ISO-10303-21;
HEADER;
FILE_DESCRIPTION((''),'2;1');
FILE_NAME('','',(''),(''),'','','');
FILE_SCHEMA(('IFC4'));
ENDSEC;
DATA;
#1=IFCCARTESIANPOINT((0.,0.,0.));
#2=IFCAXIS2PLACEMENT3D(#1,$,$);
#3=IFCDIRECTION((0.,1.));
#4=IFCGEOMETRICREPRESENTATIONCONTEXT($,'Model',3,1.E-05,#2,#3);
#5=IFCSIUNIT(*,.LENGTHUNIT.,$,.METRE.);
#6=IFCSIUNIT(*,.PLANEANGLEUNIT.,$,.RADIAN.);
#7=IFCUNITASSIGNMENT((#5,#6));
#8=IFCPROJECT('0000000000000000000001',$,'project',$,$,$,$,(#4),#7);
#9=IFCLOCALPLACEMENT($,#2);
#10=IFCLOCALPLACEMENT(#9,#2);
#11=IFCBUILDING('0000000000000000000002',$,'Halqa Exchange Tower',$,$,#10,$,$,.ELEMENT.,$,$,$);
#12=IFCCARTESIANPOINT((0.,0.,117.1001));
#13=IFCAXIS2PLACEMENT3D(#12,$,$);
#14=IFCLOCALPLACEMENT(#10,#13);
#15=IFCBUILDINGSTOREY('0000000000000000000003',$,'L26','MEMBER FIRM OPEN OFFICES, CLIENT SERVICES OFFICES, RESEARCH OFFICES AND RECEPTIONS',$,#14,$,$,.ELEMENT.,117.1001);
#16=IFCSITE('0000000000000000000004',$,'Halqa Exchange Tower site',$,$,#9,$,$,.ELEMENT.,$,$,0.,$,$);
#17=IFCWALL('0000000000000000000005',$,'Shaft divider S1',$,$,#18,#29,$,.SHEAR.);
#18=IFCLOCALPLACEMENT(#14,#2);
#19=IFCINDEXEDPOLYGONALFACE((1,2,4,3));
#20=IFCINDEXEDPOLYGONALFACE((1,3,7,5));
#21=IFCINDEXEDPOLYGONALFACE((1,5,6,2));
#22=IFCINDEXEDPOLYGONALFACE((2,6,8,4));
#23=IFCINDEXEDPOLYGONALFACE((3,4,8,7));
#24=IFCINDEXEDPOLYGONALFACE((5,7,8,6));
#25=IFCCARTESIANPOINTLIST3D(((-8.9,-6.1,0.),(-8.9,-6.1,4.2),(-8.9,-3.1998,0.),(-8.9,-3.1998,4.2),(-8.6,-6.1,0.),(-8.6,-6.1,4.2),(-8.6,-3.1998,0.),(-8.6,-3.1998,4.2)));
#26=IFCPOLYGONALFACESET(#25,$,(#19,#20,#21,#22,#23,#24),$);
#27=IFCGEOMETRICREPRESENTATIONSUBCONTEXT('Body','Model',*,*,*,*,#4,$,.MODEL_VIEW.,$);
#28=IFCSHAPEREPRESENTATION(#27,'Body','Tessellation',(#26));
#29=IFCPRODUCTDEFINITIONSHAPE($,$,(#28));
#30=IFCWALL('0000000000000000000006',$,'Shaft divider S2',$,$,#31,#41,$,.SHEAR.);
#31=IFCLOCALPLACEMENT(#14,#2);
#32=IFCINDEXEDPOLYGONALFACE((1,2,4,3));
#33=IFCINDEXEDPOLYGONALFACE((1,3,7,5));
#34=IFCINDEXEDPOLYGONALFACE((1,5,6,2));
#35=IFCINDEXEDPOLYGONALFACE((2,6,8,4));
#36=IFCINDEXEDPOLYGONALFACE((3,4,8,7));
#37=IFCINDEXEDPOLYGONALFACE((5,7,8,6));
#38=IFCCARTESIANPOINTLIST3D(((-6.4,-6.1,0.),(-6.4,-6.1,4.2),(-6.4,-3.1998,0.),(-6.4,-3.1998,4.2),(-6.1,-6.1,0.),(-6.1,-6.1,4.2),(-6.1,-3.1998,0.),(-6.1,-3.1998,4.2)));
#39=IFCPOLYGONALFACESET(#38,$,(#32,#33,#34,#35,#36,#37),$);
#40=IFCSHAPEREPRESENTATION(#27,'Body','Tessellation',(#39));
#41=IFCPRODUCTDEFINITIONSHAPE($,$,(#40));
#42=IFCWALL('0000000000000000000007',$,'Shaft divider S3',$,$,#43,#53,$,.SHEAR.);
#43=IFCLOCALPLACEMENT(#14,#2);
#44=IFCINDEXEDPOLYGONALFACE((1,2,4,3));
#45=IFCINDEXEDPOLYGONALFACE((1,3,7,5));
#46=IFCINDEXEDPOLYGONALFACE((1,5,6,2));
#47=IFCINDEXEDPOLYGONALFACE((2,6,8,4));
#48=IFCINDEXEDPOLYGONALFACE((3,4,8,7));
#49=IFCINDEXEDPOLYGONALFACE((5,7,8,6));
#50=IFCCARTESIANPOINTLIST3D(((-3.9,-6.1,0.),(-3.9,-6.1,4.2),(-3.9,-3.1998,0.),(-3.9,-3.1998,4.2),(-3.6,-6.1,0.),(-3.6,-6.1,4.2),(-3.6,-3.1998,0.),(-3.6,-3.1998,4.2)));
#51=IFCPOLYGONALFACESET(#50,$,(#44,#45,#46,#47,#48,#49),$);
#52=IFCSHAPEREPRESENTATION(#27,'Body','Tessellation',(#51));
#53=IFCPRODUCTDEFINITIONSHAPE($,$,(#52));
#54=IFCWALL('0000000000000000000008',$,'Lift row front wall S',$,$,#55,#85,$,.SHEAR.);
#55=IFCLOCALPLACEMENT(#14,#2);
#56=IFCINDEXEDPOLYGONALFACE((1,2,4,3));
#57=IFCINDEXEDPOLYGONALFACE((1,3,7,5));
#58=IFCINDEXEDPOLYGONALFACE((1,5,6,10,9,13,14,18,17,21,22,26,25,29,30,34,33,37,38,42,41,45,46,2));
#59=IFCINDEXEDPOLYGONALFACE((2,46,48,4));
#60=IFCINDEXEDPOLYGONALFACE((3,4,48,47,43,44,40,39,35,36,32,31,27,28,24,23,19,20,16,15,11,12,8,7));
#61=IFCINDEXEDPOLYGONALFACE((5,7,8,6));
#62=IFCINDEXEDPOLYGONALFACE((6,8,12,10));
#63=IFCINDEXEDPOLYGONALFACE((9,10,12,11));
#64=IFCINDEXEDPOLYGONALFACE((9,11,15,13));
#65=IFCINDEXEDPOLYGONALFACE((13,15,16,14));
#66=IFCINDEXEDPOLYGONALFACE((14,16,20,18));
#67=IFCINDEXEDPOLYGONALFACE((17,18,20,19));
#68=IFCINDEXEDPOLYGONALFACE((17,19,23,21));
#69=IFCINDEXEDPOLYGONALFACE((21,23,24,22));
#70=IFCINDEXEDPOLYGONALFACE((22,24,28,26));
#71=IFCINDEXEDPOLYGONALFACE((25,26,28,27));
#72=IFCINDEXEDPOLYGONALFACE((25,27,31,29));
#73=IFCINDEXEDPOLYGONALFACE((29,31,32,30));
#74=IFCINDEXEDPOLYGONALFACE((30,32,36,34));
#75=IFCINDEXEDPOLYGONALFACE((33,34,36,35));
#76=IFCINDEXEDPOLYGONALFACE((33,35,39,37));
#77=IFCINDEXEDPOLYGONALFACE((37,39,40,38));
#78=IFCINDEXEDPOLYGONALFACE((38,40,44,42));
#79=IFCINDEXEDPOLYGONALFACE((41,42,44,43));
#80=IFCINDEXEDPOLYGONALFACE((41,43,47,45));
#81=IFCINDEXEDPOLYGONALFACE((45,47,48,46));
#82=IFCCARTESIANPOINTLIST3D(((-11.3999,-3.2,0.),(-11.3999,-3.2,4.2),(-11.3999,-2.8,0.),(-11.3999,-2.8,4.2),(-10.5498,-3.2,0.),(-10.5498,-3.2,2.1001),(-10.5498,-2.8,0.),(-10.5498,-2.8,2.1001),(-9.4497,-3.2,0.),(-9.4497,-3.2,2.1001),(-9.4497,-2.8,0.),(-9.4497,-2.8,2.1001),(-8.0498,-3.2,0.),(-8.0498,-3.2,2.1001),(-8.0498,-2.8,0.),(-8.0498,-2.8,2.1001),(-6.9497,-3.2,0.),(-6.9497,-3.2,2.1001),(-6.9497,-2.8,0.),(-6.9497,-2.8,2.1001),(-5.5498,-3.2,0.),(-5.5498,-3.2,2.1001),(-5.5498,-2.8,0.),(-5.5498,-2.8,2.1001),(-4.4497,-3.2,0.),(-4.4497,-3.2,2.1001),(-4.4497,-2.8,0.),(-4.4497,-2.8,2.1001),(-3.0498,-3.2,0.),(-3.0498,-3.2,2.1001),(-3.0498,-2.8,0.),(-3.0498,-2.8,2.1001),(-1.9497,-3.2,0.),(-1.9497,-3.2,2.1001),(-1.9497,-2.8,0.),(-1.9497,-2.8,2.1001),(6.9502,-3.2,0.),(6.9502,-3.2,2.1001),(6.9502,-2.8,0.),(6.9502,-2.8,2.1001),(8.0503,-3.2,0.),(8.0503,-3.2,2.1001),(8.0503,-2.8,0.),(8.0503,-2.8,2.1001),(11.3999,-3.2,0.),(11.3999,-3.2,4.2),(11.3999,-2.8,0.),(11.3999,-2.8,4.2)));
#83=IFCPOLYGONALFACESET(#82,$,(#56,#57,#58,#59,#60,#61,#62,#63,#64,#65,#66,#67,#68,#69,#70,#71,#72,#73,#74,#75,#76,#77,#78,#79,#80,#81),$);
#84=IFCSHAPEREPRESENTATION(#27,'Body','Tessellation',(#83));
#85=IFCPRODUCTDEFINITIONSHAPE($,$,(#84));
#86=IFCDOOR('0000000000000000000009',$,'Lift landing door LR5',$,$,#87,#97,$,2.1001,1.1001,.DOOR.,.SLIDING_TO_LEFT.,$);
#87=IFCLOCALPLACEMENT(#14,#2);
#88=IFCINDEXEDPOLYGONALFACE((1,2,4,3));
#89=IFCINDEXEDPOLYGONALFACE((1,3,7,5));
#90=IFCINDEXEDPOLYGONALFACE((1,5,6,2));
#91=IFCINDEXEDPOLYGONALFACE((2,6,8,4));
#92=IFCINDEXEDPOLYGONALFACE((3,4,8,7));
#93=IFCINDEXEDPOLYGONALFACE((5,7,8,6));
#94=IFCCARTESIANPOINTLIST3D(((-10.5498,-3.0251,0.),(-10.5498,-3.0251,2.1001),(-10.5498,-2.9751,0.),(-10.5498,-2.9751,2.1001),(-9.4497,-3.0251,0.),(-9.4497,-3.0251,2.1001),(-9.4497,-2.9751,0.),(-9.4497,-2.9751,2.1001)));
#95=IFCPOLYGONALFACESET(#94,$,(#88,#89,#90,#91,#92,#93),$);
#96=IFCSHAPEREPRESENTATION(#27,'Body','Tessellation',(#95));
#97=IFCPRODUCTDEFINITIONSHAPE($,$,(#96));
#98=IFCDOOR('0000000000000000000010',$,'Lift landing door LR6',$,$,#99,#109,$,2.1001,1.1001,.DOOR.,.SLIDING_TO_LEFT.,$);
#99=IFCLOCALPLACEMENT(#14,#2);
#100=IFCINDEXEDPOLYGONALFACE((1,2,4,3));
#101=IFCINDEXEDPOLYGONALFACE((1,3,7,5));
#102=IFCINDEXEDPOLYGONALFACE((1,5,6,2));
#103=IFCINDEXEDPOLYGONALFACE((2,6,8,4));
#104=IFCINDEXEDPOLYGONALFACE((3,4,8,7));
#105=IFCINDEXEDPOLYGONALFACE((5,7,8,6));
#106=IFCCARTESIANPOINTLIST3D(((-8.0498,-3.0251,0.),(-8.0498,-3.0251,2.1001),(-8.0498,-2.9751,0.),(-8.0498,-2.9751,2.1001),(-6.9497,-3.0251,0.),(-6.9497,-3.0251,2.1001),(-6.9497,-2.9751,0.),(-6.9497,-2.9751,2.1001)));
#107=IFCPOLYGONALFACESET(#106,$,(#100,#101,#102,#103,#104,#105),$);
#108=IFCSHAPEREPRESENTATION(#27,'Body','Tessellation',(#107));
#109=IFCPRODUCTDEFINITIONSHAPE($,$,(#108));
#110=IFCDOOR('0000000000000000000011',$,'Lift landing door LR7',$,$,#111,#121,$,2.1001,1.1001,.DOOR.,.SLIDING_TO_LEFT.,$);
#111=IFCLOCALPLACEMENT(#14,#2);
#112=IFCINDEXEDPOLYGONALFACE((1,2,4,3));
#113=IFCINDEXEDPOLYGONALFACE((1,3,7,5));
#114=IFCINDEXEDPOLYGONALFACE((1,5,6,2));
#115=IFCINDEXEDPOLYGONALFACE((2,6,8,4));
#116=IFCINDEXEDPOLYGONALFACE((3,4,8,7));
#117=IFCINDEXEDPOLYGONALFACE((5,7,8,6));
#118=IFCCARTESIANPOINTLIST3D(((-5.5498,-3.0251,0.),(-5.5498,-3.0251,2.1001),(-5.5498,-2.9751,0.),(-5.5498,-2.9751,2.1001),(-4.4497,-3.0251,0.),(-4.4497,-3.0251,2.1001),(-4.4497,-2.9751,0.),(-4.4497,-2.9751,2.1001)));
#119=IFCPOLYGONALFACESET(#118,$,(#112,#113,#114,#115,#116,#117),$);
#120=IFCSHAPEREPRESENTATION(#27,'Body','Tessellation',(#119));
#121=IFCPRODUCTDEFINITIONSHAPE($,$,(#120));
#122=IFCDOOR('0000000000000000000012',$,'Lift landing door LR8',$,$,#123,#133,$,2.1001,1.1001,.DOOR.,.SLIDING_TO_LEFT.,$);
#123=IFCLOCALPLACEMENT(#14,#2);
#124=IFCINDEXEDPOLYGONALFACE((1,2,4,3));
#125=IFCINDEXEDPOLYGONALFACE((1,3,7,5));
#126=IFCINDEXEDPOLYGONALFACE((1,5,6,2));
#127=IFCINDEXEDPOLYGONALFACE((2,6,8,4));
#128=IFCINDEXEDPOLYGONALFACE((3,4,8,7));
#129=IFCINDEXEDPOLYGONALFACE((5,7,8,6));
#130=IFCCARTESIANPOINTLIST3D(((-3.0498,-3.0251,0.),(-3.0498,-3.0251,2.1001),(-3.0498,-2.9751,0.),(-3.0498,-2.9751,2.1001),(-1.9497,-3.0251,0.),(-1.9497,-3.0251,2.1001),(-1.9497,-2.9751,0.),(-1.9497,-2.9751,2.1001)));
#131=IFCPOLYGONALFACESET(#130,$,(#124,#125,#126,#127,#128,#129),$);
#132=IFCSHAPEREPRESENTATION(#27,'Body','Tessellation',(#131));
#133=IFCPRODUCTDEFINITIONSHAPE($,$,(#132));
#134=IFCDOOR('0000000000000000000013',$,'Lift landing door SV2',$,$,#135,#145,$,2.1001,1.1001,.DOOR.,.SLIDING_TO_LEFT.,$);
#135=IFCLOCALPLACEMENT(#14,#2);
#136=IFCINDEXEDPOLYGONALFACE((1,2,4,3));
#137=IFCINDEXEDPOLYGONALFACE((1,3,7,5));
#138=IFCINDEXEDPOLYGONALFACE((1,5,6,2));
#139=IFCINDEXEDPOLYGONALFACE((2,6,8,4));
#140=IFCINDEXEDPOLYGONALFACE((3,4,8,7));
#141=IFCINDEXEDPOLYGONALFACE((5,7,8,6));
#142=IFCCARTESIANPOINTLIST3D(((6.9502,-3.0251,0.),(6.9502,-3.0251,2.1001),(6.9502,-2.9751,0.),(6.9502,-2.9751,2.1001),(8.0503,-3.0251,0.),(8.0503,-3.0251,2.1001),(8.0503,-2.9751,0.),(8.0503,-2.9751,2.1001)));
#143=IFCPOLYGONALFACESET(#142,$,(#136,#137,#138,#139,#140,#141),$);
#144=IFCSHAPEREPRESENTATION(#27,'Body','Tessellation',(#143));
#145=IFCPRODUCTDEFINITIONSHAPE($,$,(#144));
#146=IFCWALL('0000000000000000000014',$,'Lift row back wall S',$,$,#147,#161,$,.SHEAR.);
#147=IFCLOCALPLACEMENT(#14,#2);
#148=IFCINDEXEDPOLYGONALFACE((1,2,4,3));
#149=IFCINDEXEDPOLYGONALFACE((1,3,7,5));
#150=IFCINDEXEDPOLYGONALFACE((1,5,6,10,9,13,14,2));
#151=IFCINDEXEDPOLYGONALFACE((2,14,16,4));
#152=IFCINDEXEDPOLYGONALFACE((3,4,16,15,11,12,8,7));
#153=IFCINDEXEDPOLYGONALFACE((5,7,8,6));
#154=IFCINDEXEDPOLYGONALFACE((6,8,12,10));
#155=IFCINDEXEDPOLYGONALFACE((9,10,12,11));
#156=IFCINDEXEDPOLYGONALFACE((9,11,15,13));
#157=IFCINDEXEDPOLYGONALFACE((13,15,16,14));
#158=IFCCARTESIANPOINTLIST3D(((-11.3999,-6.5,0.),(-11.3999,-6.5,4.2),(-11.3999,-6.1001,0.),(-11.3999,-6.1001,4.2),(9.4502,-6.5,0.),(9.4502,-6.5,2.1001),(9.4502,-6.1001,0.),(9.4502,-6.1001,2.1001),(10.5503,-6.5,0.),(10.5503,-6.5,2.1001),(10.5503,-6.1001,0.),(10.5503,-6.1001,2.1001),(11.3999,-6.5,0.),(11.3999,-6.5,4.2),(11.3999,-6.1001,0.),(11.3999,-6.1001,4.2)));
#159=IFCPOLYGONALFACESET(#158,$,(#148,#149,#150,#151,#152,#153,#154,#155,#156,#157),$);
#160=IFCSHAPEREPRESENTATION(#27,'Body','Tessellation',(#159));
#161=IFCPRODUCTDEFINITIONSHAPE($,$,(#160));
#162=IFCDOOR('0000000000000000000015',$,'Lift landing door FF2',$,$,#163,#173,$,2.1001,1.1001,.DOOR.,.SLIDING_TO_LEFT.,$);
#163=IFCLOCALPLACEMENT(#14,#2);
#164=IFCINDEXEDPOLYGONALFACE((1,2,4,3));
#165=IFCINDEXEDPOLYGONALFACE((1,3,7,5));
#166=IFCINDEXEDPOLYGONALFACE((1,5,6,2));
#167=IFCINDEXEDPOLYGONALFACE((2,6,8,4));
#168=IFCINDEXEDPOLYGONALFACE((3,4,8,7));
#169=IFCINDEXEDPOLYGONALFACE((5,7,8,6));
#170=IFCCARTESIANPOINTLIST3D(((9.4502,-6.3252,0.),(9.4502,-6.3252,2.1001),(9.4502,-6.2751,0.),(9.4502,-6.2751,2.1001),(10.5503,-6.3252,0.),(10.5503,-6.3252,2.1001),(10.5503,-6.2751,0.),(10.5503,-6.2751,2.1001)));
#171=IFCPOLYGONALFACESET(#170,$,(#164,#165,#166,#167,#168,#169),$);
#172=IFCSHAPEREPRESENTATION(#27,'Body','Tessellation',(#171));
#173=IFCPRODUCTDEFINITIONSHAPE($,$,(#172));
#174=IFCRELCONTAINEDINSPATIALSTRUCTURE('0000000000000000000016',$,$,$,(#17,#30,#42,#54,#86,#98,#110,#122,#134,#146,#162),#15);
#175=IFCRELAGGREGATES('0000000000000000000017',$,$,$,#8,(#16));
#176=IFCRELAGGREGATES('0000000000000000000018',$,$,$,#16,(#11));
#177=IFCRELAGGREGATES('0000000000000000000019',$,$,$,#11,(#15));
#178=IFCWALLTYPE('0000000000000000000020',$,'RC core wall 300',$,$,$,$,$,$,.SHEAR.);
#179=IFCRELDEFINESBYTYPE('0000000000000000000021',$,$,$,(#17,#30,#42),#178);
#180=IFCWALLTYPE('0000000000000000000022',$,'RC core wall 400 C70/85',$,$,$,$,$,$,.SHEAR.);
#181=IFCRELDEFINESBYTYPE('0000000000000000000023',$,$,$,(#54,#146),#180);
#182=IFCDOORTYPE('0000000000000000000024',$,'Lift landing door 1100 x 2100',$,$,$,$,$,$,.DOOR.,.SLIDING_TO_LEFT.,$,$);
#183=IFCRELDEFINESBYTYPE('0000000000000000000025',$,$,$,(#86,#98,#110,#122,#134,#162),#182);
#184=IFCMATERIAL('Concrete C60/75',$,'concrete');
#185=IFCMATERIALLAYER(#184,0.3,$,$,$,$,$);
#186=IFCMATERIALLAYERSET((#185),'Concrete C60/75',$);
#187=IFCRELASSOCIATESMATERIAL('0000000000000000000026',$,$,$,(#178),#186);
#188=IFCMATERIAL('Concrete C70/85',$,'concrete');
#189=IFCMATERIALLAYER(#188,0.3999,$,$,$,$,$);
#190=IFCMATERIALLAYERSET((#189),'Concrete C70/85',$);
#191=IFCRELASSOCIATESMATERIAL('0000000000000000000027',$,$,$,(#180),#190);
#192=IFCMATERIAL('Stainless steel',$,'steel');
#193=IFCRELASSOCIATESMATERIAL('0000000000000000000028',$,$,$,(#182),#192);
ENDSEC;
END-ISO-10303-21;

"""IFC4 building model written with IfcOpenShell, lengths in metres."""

from ifc_helpers import new_model, si_unit, direction, frame, frame_2d, origin, place, context, subcontext, project, spatial, rectangle, extrude, material, layer, layer_set, type_object, element, fill, save


model = new_model("IFC4")

# Units and contexts
model_context = context("Model", 3, precision=1e-05, world=origin(), true_north=direction((0.0, 1.0)))
body_context = subcontext(model_context, "Body", "Model", "MODEL_VIEW")
ifc_project = project(units=[si_unit("LENGTHUNIT", "METRE"), si_unit("PLANEANGLEUNIT", "RADIAN")], contexts=[model_context])

# Site, building, storey
site_placement = place(None, origin())
site = spatial("IfcSite", under=ifc_project, at=site_placement, Name="Halqa Exchange Tower site", CompositionType="ELEMENT", RefElevation=0.0)
building_placement = place(site_placement, origin())
building = spatial("IfcBuilding", under=site, at=building_placement, Name="Halqa Exchange Tower", CompositionType="ELEMENT")
storey_placement = place(building_placement, frame((0.0, 0.0, 117.1001)))
storey = spatial("IfcBuildingStorey", under=building, at=storey_placement, Name="L26", Description="MEMBER FIRM OPEN OFFICES, CLIENT SERVICES OFFICES, RESEARCH OFFICES AND RECEPTIONS", CompositionType="ELEMENT", Elevation=117.1001)

# Walls
ifc_material_1 = material(Name="Concrete C60/75", Category="concrete")
ifc_layer_1 = layer(ifc_material_1, 0.3)
ifc_layer_set_1 = layer_set([ifc_layer_1], Name="Concrete C60/75")
wall_type_1 = type_object("IfcWallType", Name="RC core wall 300", PredefinedType="SHEAR", material=ifc_layer_set_1)
for number, where, z_axis, x_axis, name in (
    (1, (-8.75, -6.1001, 0.0), (0.0, 0.0, 1.0), (0.0, 1.0, 0.0), "Shaft divider S1"),
    (2, (-6.25, -6.1001, 0.0), (0.0, 0.0, 1.0), (0.0, 1.0, 0.0), "Shaft divider S2"),
    (3, (-3.75, -6.1001, 0.0), (0.0, 0.0, 1.0), (0.0, 1.0, 0.0), "Shaft divider S3"),
):
    element("IfcWall", number, at=place(storey_placement, frame(where, z_axis=z_axis, x_axis=x_axis)), inside=storey, type_object=wall_type_1, Name=name, PredefinedType="SHEAR", context=body_context, shape_type="SweptSolid", body=[
        extrude(rectangle(XDim=2.9001, YDim=0.3, at=frame_2d((1.4502, 0.0))), origin(), (0.0, 0.0, 1.0), 4.2),
    ])

# Wall, openings, doors
ifc_material_2 = material(Name="Concrete C70/85", Category="concrete")
ifc_layer_2 = layer(ifc_material_2, 0.3999)
ifc_layer_set_2 = layer_set([ifc_layer_2], Name="Concrete C70/85")
wall_type_2 = type_object("IfcWallType", Name="RC core wall 400 C70/85", PredefinedType="SHEAR", material=ifc_layer_set_2)
wall_1_placement = place(storey_placement, frame((-11.3999, -3.0, 0.0), z_axis=(0.0, 0.0, 1.0), x_axis=(1.0, 0.0, 0.0)))
wall_1 = element("IfcWall", 4, at=wall_1_placement, inside=storey, type_object=wall_type_2, Name="Lift row front wall S", PredefinedType="SHEAR", context=body_context, shape_type="SweptSolid", body=[
    extrude(rectangle(XDim=22.7998, YDim=0.3999, at=frame_2d((11.3999, 0.0))), origin(), (0.0, 0.0, 1.0), 4.2),
])
opening_1_placement = place(wall_1_placement, frame((0.8501, 0.0, 0.0)))
opening_1 = element("IfcOpeningElement", 5, at=opening_1_placement, cuts=wall_1, PredefinedType="OPENING", context=body_context, shape_type="SweptSolid", body=[
    extrude(rectangle(XDim=1.1001, YDim=2.1001, at=frame_2d((0.55, 1.05))), frame((0.0, 0.2119, 0.0), z_axis=(0.0, -1.0, 0.0), x_axis=(1.0, 0.0, 0.0)), (0.0, 0.0, 1.0), 0.4238),
])
opening_2_placement = place(wall_1_placement, frame((3.3501, 0.0, 0.0)))
opening_2 = element("IfcOpeningElement", 6, at=opening_2_placement, cuts=wall_1, PredefinedType="OPENING", context=body_context, shape_type="SweptSolid", body=[
    extrude(rectangle(XDim=1.1001, YDim=2.1001, at=frame_2d((0.55, 1.05))), frame((0.0, 0.2119, 0.0), z_axis=(0.0, -1.0, 0.0), x_axis=(1.0, 0.0, 0.0)), (0.0, 0.0, 1.0), 0.4238),
])
opening_3_placement = place(wall_1_placement, frame((5.8501, 0.0, 0.0)))
opening_3 = element("IfcOpeningElement", 7, at=opening_3_placement, cuts=wall_1, PredefinedType="OPENING", context=body_context, shape_type="SweptSolid", body=[
    extrude(rectangle(XDim=1.1001, YDim=2.1001, at=frame_2d((0.55, 1.05))), frame((0.0, 0.2119, 0.0), z_axis=(0.0, -1.0, 0.0), x_axis=(1.0, 0.0, 0.0)), (0.0, 0.0, 1.0), 0.4238),
])
opening_4_placement = place(wall_1_placement, frame((8.3501, 0.0, 0.0)))
opening_4 = element("IfcOpeningElement", 8, at=opening_4_placement, cuts=wall_1, PredefinedType="OPENING", context=body_context, shape_type="SweptSolid", body=[
    extrude(rectangle(XDim=1.1001, YDim=2.1001, at=frame_2d((0.55, 1.05))), frame((0.0, 0.2119, 0.0), z_axis=(0.0, -1.0, 0.0), x_axis=(1.0, 0.0, 0.0)), (0.0, 0.0, 1.0), 0.4238),
])
opening_5_placement = place(wall_1_placement, frame((18.3501, 0.0, 0.0)))
opening_5 = element("IfcOpeningElement", 9, at=opening_5_placement, cuts=wall_1, PredefinedType="OPENING", context=body_context, shape_type="SweptSolid", body=[
    extrude(rectangle(XDim=1.1001, YDim=2.1001, at=frame_2d((0.55, 1.05))), frame((0.0, 0.2119, 0.0), z_axis=(0.0, -1.0, 0.0), x_axis=(1.0, 0.0, 0.0)), (0.0, 0.0, 1.0), 0.4238),
])
ifc_material_3 = material(Name="Stainless steel", Category="steel")
door_type = type_object("IfcDoorType", Name="Lift landing door 1100 x 2100", OperationType="SLIDING_TO_LEFT", PredefinedType="DOOR", material=ifc_material_3)
door_1_placement = place(opening_1_placement, origin())
door_1 = element("IfcDoor", 10, at=door_1_placement, inside=storey, type_object=door_type, Name="Lift landing door LR5", OperationType="SLIDING_TO_LEFT", OverallHeight=2.1001, OverallWidth=1.1001, PredefinedType="DOOR", context=body_context, shape_type="SweptSolid", body=[
    extrude(rectangle(XDim=1.1001, YDim=2.1001, at=frame_2d((0.55, 1.05))), frame((0.0, 0.0249, 0.0), z_axis=(0.0, -1.0, 0.0), x_axis=(1.0, 0.0, 0.0)), (0.0, 0.0, 1.0), 0.05),
])
fill(opening_1, door_1)
door_2_placement = place(opening_2_placement, origin())
door_2 = element("IfcDoor", 11, at=door_2_placement, inside=storey, type_object=door_type, Name="Lift landing door LR6", OperationType="SLIDING_TO_LEFT", OverallHeight=2.1001, OverallWidth=1.1001, PredefinedType="DOOR", context=body_context, shape_type="SweptSolid", body=[
    extrude(rectangle(XDim=1.1001, YDim=2.1001, at=frame_2d((0.55, 1.05))), frame((0.0, 0.0249, 0.0), z_axis=(0.0, -1.0, 0.0), x_axis=(1.0, 0.0, 0.0)), (0.0, 0.0, 1.0), 0.05),
])
fill(opening_2, door_2)
door_3_placement = place(opening_3_placement, origin())
door_3 = element("IfcDoor", 12, at=door_3_placement, inside=storey, type_object=door_type, Name="Lift landing door LR7", OperationType="SLIDING_TO_LEFT", OverallHeight=2.1001, OverallWidth=1.1001, PredefinedType="DOOR", context=body_context, shape_type="SweptSolid", body=[
    extrude(rectangle(XDim=1.1001, YDim=2.1001, at=frame_2d((0.55, 1.05))), frame((0.0, 0.0249, 0.0), z_axis=(0.0, -1.0, 0.0), x_axis=(1.0, 0.0, 0.0)), (0.0, 0.0, 1.0), 0.05),
])
fill(opening_3, door_3)
door_4_placement = place(opening_4_placement, origin())
door_4 = element("IfcDoor", 13, at=door_4_placement, inside=storey, type_object=door_type, Name="Lift landing door LR8", OperationType="SLIDING_TO_LEFT", OverallHeight=2.1001, OverallWidth=1.1001, PredefinedType="DOOR", context=body_context, shape_type="SweptSolid", body=[
    extrude(rectangle(XDim=1.1001, YDim=2.1001, at=frame_2d((0.55, 1.05))), frame((0.0, 0.0249, 0.0), z_axis=(0.0, -1.0, 0.0), x_axis=(1.0, 0.0, 0.0)), (0.0, 0.0, 1.0), 0.05),
])
fill(opening_4, door_4)
door_5_placement = place(opening_5_placement, origin())
door_5 = element("IfcDoor", 14, at=door_5_placement, inside=storey, type_object=door_type, Name="Lift landing door SV2", OperationType="SLIDING_TO_LEFT", OverallHeight=2.1001, OverallWidth=1.1001, PredefinedType="DOOR", context=body_context, shape_type="SweptSolid", body=[
    extrude(rectangle(XDim=1.1001, YDim=2.1001, at=frame_2d((0.55, 1.05))), frame((0.0, 0.0249, 0.0), z_axis=(0.0, -1.0, 0.0), x_axis=(1.0, 0.0, 0.0)), (0.0, 0.0, 1.0), 0.05),
])
fill(opening_5, door_5)

# Wall, opening, door
wall_2_placement = place(storey_placement, frame((-11.3999, -6.3, 0.0), z_axis=(0.0, 0.0, 1.0), x_axis=(1.0, 0.0, 0.0)))
wall_2 = element("IfcWall", 15, at=wall_2_placement, inside=storey, type_object=wall_type_2, Name="Lift row back wall S", PredefinedType="SHEAR", context=body_context, shape_type="SweptSolid", body=[
    extrude(rectangle(XDim=22.7998, YDim=0.3999, at=frame_2d((11.3999, 0.0))), origin(), (0.0, 0.0, 1.0), 4.2),
])
opening_6_placement = place(wall_2_placement, frame((20.8501, 0.0, 0.0)))
opening_6 = element("IfcOpeningElement", 16, at=opening_6_placement, cuts=wall_2, PredefinedType="OPENING", context=body_context, shape_type="SweptSolid", body=[
    extrude(rectangle(XDim=1.1001, YDim=2.1001, at=frame_2d((0.55, 1.05))), frame((0.0, 0.2119, 0.0), z_axis=(0.0, -1.0, 0.0), x_axis=(1.0, 0.0, 0.0)), (0.0, 0.0, 1.0), 0.4238),
])
door_6_placement = place(opening_6_placement, origin())
door_6 = element("IfcDoor", 17, at=door_6_placement, inside=storey, type_object=door_type, Name="Lift landing door FF2", OperationType="SLIDING_TO_LEFT", OverallHeight=2.1001, OverallWidth=1.1001, PredefinedType="DOOR", context=body_context, shape_type="SweptSolid", body=[
    extrude(rectangle(XDim=1.1001, YDim=2.1001, at=frame_2d((0.55, 1.05))), frame((0.0, 0.0249, 0.0), z_axis=(0.0, -1.0, 0.0), x_axis=(1.0, 0.0, 0.0)), (0.0, 0.0, 1.0), 0.05),
])
fill(opening_6, door_6)

save(model, "model.ifc")
